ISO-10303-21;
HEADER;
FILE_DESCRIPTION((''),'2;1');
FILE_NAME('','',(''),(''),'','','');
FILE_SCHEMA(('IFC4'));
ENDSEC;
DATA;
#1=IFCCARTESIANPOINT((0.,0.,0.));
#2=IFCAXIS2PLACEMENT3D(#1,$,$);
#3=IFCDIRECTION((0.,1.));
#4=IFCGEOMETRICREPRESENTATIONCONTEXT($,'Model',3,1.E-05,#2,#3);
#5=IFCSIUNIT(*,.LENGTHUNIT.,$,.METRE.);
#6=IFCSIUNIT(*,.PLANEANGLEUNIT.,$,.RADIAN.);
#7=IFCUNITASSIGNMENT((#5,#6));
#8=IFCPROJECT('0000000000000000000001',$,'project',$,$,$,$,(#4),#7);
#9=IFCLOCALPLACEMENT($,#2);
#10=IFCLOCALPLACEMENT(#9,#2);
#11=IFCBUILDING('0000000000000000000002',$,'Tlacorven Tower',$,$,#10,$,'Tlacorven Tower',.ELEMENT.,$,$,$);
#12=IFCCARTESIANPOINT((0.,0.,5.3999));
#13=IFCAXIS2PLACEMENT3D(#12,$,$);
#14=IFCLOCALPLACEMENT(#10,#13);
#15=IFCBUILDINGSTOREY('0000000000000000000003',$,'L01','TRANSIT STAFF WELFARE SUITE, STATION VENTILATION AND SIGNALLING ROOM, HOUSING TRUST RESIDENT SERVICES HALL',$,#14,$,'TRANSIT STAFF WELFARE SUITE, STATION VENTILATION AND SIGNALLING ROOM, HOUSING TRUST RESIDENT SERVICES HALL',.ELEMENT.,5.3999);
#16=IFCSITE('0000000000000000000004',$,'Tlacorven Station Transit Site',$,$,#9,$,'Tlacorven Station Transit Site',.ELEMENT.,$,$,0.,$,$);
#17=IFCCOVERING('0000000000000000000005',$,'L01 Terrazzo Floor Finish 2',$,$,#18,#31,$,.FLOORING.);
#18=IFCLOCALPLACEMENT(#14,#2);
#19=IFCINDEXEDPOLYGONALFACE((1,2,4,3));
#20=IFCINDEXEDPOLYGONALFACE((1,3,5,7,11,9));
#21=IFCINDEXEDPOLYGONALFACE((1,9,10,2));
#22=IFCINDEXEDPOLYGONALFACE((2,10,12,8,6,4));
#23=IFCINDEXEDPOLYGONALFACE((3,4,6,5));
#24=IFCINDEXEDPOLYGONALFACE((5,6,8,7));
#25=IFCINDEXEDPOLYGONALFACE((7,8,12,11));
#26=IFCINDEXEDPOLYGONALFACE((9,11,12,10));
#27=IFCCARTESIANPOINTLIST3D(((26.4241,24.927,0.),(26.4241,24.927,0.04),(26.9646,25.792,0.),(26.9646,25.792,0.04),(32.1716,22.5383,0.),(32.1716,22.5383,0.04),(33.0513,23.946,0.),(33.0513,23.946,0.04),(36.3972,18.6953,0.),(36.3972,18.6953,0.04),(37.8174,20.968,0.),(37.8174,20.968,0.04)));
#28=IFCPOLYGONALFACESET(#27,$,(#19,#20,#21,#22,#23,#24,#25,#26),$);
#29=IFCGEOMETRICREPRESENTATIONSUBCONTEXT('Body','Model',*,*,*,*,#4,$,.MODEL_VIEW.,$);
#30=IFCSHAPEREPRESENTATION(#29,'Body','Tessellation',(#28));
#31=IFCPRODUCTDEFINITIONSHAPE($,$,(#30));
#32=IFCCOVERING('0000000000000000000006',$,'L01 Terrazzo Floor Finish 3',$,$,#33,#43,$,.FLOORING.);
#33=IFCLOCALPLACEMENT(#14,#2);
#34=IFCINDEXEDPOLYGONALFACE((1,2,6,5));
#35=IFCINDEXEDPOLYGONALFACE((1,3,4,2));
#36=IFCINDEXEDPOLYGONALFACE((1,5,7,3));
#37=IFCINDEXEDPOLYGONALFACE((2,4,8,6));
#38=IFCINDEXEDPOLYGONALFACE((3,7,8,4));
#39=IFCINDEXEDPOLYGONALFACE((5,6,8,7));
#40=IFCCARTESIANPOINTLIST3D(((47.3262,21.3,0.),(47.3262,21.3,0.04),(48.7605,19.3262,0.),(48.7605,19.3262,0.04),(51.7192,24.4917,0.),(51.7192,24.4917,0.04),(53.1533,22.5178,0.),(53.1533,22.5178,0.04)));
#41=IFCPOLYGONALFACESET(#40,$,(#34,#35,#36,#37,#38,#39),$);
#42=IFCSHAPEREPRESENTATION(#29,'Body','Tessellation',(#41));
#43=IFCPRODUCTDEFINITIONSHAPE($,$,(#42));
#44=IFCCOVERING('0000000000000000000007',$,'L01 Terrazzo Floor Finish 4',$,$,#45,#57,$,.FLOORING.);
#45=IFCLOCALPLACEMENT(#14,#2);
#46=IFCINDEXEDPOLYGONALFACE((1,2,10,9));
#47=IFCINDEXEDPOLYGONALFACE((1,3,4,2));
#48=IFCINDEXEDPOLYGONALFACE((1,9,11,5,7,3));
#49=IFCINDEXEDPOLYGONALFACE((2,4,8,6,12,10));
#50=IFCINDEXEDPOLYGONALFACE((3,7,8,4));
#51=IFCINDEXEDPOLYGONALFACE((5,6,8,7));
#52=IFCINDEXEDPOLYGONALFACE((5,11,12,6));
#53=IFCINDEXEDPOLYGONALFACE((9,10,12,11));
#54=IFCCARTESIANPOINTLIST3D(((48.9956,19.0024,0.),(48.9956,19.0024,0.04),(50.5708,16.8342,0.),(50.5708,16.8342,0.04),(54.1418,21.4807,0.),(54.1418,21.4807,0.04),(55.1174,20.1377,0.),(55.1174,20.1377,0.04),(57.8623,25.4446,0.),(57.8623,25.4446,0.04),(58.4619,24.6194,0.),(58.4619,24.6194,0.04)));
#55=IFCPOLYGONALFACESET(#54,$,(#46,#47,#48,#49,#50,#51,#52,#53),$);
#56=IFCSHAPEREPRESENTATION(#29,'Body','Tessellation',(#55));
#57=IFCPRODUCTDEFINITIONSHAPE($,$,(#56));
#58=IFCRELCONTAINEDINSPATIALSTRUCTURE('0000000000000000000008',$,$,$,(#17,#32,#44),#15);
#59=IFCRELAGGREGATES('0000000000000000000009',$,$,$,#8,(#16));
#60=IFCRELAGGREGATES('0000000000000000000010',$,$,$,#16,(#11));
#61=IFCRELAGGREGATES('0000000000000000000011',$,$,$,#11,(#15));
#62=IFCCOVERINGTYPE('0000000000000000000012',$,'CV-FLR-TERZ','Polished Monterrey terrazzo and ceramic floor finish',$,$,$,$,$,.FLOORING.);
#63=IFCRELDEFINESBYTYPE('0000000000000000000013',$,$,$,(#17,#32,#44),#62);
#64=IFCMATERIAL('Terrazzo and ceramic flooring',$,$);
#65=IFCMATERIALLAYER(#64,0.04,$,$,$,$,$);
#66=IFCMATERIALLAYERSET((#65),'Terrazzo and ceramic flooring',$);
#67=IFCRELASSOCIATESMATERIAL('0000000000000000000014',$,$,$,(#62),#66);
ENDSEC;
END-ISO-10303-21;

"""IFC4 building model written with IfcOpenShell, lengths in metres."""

from ifc_helpers import new_model, si_unit, direction, frame, origin, place, context, subcontext, project, spatial, polyline, outline, extrude, material, layer, layer_set, type_object, element, save


model = new_model("IFC4")

# Units and contexts
model_context = context("Model", 3, precision=1e-05, world=origin(), true_north=direction((0.0, 1.0)))
body_context = subcontext(model_context, "Body", "Model", "MODEL_VIEW")
ifc_project = project(units=[si_unit("LENGTHUNIT", "METRE"), si_unit("PLANEANGLEUNIT", "RADIAN")], contexts=[model_context])

# Site, building, storey
site_placement = place(None, origin())
site = spatial("IfcSite", under=ifc_project, at=site_placement, Name="Tlacorven Station Transit Site", LongName="Tlacorven Station Transit Site", CompositionType="ELEMENT", RefElevation=0.0)
building_placement = place(site_placement, origin())
building = spatial("IfcBuilding", under=site, at=building_placement, Name="Tlacorven Tower", LongName="Tlacorven Tower", CompositionType="ELEMENT")
storey_placement = place(building_placement, frame((0.0, 0.0, 5.3999)))
storey = spatial("IfcBuildingStorey", under=building, at=storey_placement, Name="L01", Description="TRANSIT STAFF WELFARE SUITE, STATION VENTILATION AND SIGNALLING ROOM, HOUSING TRUST RESIDENT SERVICES HALL", LongName="TRANSIT STAFF WELFARE SUITE, STATION VENTILATION AND SIGNALLING ROOM, HOUSING TRUST RESIDENT SERVICES HALL", CompositionType="ELEMENT", Elevation=5.3999)

# Coverings
ifc_material_1 = material(Name="Terrazzo and ceramic flooring")
ifc_layer_1 = layer(ifc_material_1, 0.04)
ifc_layer_set_1 = layer_set([ifc_layer_1], Name="Terrazzo and ceramic flooring")
covering_type_1 = type_object("IfcCoveringType", Name="CV-FLR-TERZ", Description="Polished Monterrey terrazzo and ceramic floor finish", PredefinedType="FLOORING", material=ifc_layer_set_1)
covering_1_placement = place(storey_placement, origin())
element("IfcCovering", 1, at=covering_1_placement, inside=storey, type_object=covering_type_1, Name="L01 Terrazzo Floor Finish 2", PredefinedType="FLOORING", context=body_context, shape_type="SweptSolid", body=[
    extrude(outline(polyline([(37.8174, 20.968), (36.3972, 18.6953), (26.4241, 24.927), (26.9646, 25.792), (32.1716, 22.5383), (33.0513, 23.946), (37.8174, 20.968)])), origin(), (0.0, 0.0, 1.0), 0.04),
])
covering_2_placement = place(storey_placement, origin())
element("IfcCovering", 2, at=covering_2_placement, inside=storey, type_object=covering_type_1, Name="L01 Terrazzo Floor Finish 3", PredefinedType="FLOORING", context=body_context, shape_type="SweptSolid", body=[
    extrude(outline(polyline([(48.7605, 19.3262), (47.3262, 21.3), (51.7192, 24.4917), (53.1533, 22.5178), (48.7605, 19.3262)])), origin(), (0.0, 0.0, 1.0), 0.04),
])
covering_3_placement = place(storey_placement, origin())
element("IfcCovering", 3, at=covering_3_placement, inside=storey, type_object=covering_type_1, Name="L01 Terrazzo Floor Finish 4", PredefinedType="FLOORING", context=body_context, shape_type="SweptSolid", body=[
    extrude(outline(polyline([(50.5708, 16.8342), (48.9956, 19.0024), (57.8623, 25.4446), (58.4619, 24.6194), (54.1418, 21.4807), (55.1174, 20.1377), (50.5708, 16.8342)])), origin(), (0.0, 0.0, 1.0), 0.04),
])

save(model, "model.ifc")
